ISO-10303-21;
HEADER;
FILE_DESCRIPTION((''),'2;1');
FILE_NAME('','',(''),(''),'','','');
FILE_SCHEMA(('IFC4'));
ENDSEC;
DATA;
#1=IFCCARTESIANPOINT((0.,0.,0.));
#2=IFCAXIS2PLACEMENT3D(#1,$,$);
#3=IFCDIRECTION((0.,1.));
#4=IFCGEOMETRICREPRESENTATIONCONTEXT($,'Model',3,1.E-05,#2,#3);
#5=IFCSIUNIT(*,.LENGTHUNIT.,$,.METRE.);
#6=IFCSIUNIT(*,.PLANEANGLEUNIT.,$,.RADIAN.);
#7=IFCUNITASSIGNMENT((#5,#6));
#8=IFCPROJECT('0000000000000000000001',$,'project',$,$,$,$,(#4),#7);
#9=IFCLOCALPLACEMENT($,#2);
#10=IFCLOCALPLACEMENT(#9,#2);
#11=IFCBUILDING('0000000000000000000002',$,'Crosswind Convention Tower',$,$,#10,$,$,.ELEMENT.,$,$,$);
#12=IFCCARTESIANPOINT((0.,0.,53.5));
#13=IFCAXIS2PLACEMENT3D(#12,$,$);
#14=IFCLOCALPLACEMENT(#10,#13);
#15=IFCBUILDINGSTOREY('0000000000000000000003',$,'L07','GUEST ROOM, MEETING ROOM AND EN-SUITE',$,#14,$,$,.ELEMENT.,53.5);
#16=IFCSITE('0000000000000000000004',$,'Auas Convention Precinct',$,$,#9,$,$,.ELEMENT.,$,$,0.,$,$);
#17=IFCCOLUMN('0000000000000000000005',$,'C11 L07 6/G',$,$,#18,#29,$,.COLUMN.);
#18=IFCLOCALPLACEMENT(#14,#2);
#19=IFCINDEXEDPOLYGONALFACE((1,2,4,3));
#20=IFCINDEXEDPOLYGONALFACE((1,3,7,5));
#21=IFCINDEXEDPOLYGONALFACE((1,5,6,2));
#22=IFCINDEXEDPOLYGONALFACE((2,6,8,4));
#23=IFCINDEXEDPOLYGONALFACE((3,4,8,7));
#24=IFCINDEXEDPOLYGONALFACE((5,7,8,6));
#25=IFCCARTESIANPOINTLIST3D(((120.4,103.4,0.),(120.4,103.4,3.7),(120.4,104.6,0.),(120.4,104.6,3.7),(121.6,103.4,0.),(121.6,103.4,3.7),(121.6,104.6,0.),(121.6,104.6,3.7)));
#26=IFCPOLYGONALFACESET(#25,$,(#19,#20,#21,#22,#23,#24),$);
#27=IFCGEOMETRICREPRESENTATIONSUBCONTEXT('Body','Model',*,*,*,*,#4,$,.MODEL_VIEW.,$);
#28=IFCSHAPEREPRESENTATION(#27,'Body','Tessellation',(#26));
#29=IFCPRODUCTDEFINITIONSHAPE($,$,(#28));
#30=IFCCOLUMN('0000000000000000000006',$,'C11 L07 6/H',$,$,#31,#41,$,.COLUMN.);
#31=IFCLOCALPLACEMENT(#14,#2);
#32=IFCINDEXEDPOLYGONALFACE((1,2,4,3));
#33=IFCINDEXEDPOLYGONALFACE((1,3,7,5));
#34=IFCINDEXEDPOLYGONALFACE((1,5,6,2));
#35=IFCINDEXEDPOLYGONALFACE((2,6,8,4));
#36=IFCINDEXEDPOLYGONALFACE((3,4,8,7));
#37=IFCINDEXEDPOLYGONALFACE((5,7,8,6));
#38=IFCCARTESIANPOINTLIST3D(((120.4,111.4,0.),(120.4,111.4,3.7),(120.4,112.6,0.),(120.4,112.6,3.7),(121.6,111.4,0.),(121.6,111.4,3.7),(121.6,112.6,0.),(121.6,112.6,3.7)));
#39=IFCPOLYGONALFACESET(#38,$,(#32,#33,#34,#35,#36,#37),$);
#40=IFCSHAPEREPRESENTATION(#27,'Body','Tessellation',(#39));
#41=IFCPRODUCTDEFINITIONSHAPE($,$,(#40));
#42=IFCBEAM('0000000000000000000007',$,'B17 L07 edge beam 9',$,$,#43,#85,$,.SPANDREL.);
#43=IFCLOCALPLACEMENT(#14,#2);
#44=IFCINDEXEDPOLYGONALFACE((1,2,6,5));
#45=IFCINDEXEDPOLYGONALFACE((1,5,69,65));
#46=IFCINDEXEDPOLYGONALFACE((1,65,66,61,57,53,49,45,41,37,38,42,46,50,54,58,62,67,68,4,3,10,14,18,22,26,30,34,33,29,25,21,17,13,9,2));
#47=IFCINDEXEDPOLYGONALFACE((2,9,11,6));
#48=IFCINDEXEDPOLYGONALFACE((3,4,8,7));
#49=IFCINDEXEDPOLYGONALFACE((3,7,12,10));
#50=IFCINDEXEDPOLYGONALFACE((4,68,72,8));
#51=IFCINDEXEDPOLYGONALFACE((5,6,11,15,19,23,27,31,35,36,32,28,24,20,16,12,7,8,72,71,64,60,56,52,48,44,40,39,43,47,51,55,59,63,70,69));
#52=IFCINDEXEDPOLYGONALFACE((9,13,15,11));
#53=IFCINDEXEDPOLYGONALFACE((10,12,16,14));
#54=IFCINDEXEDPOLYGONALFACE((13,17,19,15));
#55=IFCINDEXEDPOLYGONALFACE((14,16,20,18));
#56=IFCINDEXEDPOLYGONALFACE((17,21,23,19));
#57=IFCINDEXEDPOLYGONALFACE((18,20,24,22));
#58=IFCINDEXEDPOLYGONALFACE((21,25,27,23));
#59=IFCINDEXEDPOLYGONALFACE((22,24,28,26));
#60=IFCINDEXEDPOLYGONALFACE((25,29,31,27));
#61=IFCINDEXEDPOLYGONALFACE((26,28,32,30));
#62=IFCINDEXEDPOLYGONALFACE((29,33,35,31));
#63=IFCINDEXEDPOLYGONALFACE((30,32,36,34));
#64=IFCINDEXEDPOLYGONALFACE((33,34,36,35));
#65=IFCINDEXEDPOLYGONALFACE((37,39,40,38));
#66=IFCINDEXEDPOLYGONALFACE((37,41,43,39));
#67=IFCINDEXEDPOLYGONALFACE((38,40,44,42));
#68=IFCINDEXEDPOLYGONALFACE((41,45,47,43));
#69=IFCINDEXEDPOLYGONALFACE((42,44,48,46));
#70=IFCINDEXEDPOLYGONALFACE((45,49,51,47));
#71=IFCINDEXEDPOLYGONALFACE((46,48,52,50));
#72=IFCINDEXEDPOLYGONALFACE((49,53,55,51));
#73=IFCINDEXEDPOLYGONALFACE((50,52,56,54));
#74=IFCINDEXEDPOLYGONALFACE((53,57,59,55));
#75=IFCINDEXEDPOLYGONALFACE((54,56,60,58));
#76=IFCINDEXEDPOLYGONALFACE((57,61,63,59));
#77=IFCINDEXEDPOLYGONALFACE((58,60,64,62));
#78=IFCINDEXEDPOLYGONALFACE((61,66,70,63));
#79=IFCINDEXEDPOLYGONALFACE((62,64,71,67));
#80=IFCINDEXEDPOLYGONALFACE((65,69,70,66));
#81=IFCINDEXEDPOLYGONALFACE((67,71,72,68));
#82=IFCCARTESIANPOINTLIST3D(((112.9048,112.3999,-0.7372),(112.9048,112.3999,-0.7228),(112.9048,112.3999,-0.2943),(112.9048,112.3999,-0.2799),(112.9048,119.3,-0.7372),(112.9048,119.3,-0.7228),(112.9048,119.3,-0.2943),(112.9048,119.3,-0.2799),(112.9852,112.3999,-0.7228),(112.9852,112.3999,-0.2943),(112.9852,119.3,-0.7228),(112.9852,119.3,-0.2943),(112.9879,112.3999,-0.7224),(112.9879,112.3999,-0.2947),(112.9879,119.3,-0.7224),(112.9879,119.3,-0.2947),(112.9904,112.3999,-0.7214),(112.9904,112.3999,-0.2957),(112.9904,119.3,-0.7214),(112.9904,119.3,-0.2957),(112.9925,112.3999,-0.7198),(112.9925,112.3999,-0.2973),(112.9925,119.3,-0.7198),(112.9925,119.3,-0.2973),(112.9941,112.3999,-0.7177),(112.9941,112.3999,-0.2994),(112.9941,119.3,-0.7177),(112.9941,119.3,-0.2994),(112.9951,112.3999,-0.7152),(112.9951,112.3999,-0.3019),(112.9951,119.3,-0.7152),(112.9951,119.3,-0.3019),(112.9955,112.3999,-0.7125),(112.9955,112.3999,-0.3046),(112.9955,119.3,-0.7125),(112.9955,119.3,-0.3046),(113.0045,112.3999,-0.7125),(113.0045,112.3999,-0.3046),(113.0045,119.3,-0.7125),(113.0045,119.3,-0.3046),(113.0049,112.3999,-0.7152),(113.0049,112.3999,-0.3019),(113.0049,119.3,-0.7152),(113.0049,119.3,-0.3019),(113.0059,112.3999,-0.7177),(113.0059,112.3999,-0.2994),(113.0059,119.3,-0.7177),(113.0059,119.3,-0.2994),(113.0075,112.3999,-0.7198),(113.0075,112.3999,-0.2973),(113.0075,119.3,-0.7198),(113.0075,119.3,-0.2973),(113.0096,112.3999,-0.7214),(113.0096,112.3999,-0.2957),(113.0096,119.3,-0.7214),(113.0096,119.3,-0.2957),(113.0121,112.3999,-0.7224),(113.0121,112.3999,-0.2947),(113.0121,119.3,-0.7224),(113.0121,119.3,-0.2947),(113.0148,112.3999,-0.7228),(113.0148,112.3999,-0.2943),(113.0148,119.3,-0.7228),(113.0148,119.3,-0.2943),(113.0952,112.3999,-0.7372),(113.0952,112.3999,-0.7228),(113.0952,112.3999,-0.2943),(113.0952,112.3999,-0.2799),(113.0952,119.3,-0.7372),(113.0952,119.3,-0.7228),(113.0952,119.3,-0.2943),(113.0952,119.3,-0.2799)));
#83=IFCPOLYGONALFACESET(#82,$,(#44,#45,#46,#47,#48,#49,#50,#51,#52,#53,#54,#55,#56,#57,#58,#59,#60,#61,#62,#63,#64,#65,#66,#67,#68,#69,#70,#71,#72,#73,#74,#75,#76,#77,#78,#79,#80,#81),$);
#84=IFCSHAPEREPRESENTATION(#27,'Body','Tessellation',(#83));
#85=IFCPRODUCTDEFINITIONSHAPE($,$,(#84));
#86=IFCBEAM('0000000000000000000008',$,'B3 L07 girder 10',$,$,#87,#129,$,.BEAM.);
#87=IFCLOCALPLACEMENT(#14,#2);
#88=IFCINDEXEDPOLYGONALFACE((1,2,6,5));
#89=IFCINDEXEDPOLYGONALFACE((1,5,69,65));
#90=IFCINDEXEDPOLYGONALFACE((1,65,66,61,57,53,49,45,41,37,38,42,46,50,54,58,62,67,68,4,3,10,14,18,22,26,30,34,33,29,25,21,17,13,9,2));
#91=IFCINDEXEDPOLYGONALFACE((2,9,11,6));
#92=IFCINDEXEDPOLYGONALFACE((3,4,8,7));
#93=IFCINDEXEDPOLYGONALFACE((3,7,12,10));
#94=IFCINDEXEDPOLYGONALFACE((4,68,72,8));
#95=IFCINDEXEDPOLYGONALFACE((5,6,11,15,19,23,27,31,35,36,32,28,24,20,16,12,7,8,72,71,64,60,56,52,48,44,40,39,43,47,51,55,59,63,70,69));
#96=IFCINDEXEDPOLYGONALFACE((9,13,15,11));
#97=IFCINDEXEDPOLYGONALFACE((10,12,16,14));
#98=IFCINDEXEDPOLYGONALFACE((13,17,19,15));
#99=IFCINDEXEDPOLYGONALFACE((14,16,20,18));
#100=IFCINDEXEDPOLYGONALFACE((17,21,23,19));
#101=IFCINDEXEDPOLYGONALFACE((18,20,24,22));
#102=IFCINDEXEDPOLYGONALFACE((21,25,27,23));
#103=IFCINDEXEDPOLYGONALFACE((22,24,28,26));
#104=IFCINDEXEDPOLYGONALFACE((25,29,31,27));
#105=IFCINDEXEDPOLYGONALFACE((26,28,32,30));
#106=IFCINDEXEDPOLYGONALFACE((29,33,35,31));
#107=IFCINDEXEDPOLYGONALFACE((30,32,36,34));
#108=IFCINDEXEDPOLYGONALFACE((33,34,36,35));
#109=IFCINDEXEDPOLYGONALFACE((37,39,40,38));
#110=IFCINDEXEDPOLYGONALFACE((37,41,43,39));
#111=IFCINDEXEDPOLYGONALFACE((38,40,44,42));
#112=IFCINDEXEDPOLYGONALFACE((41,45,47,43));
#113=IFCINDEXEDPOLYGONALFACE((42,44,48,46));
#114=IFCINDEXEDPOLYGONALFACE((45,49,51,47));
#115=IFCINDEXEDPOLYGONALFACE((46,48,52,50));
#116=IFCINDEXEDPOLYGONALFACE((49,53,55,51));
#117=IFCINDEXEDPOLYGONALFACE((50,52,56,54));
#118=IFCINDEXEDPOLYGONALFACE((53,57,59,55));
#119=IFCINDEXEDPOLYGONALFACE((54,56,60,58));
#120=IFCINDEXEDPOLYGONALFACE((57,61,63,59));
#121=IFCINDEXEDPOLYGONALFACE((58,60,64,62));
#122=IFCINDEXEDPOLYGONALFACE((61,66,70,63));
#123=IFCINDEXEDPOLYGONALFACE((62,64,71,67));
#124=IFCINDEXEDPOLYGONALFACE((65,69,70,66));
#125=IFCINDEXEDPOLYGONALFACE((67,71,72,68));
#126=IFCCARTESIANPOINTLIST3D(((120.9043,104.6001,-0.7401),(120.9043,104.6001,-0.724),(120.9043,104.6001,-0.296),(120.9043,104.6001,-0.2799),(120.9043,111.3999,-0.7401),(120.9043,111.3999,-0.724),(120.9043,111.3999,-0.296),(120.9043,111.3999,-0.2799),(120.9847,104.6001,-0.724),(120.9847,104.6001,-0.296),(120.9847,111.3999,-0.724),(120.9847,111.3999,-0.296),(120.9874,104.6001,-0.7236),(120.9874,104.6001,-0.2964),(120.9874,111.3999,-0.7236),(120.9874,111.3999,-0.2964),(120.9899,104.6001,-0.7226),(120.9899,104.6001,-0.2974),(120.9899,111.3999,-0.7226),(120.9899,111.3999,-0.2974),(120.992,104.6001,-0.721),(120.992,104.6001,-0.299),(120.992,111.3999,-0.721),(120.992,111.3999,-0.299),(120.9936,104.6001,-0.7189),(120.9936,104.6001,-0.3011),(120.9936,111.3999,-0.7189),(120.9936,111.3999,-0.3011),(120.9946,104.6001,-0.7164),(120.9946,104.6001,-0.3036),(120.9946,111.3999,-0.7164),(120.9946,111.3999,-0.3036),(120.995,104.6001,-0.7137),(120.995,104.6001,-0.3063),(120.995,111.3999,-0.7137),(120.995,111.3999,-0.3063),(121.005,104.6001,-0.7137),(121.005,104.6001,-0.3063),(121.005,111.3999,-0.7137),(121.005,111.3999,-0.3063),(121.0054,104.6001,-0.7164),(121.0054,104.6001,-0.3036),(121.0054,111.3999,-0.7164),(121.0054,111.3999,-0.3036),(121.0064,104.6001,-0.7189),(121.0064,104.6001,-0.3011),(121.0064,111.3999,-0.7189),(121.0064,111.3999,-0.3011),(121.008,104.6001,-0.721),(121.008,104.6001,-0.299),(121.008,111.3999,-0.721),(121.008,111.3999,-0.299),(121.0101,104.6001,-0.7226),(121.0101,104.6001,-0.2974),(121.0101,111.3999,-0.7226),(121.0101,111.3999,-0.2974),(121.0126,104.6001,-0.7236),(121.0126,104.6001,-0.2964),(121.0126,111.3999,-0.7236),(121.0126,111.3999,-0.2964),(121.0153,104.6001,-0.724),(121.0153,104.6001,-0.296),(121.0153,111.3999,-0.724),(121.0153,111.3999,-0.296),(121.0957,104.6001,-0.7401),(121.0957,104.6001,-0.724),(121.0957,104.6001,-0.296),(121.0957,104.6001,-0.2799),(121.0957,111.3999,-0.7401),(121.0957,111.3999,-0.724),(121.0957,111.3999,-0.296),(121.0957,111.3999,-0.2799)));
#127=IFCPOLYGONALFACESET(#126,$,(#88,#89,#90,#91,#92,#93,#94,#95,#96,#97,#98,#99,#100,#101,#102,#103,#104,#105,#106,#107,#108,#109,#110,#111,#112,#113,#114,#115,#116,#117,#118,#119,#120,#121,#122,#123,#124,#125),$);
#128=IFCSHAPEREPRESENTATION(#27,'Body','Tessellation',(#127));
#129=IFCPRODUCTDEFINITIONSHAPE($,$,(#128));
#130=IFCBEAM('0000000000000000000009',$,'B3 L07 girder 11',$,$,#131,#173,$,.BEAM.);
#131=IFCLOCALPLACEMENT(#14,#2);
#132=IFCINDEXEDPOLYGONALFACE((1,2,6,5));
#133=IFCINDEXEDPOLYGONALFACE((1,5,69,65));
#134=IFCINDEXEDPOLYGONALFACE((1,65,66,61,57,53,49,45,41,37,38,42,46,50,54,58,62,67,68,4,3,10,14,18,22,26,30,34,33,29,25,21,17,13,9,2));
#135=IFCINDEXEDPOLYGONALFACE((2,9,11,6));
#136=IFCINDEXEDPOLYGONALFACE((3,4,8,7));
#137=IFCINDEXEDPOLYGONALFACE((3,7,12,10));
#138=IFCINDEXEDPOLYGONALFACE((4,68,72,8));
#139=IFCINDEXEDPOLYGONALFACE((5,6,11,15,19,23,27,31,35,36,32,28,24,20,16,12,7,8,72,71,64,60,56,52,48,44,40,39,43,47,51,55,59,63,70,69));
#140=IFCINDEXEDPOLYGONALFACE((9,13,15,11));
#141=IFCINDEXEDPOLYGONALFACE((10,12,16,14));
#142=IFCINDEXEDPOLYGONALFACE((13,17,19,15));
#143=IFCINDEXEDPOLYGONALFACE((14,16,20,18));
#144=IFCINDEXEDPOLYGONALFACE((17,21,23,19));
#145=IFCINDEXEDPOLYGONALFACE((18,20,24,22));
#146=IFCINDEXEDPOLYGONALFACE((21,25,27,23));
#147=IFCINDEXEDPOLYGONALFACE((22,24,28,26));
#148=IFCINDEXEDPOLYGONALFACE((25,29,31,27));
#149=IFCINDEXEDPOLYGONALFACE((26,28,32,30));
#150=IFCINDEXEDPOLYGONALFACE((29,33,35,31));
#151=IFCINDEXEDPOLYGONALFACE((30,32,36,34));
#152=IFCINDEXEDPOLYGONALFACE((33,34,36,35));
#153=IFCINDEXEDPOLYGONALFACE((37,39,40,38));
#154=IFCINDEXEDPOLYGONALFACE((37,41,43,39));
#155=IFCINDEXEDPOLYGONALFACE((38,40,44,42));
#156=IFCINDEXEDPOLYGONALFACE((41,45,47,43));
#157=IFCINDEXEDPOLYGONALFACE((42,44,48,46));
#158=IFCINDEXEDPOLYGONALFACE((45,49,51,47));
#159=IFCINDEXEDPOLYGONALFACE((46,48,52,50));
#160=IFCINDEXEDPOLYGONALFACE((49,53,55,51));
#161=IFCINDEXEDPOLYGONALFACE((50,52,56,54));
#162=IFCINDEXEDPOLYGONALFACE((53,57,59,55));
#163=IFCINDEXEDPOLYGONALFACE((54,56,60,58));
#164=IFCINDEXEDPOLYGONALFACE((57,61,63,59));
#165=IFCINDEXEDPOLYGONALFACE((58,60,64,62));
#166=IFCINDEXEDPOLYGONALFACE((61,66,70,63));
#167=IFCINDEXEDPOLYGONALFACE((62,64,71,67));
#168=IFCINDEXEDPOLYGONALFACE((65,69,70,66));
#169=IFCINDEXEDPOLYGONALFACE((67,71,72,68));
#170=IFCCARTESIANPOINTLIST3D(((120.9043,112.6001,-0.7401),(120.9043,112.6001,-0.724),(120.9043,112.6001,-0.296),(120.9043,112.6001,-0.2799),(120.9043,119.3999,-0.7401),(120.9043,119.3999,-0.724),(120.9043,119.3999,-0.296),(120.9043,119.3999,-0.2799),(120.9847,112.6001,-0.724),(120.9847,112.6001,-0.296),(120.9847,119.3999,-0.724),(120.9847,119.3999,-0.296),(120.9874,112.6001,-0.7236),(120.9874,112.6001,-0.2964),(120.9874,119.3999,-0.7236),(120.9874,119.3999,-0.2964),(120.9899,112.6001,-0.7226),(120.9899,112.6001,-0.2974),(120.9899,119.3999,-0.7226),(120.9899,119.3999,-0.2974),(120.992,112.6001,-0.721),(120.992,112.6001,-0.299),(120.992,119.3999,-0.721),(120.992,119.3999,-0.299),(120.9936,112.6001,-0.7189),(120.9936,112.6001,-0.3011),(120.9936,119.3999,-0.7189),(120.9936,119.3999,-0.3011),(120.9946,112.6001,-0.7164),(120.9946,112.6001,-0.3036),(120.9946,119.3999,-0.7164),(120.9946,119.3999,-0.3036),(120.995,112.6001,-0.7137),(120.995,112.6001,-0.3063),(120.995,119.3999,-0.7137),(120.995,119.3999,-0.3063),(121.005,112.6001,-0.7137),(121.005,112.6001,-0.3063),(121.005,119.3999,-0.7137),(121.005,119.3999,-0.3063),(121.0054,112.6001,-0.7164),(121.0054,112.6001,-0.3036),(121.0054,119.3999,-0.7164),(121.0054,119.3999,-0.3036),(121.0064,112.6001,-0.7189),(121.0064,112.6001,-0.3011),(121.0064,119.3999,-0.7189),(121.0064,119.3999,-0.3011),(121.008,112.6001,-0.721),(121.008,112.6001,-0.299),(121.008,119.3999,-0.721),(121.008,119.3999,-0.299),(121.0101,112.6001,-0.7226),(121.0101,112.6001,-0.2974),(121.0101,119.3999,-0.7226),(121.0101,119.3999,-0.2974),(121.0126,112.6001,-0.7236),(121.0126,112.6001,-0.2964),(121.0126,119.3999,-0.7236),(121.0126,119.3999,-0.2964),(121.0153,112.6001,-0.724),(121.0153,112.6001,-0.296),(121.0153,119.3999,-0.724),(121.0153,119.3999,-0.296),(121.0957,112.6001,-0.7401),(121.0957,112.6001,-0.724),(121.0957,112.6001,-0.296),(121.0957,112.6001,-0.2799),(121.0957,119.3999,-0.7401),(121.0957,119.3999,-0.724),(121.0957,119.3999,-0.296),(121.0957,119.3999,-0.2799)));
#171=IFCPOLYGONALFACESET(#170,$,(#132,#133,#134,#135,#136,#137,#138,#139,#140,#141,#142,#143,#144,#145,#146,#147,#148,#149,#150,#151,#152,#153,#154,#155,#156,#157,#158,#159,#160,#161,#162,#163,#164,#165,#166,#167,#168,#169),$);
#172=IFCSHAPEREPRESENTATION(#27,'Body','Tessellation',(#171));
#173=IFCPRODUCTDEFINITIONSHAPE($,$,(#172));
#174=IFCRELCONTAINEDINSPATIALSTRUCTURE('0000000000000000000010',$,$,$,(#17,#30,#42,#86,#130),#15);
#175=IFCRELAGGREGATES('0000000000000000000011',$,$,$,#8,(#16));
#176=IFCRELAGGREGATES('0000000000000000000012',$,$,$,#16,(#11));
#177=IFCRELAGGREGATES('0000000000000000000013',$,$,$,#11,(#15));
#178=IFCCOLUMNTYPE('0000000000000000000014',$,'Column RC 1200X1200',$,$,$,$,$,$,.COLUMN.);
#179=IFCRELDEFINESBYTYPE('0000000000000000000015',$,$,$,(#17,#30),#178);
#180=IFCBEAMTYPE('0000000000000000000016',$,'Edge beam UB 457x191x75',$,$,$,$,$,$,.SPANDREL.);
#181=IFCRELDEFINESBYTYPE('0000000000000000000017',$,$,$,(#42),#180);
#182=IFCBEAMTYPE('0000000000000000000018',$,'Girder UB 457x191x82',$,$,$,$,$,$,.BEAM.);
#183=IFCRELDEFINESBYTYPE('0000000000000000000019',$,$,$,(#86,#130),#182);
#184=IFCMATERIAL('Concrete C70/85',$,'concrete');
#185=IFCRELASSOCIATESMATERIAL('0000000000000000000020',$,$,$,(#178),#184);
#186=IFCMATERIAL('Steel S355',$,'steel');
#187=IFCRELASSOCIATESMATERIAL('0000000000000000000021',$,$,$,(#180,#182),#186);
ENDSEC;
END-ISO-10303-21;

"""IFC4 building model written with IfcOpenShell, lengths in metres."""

from ifc_helpers import new_model, si_unit, direction, frame, origin, origin_2d, place, context, subcontext, project, spatial, rectangle, i_section, extrude, material, material_profile, profile_set, type_object, element, save


model = new_model("IFC4")

# Units and contexts
model_context = context("Model", 3, precision=1e-05, world=origin(), true_north=direction((0.0, 1.0)))
body_context = subcontext(model_context, "Body", "Model", "MODEL_VIEW")
ifc_project = project(units=[si_unit("LENGTHUNIT", "METRE"), si_unit("PLANEANGLEUNIT", "RADIAN")], contexts=[model_context])

# Site, building, storey
site_placement = place(None, origin())
site = spatial("IfcSite", under=ifc_project, at=site_placement, Name="Auas Convention Precinct", CompositionType="ELEMENT", RefElevation=0.0)
building_placement = place(site_placement, origin())
building = spatial("IfcBuilding", under=site, at=building_placement, Name="Crosswind Convention Tower", CompositionType="ELEMENT")
storey_placement = place(building_placement, frame((0.0, 0.0, 53.5)))
storey = spatial("IfcBuildingStorey", under=building, at=storey_placement, Name="L07", Description="GUEST ROOM, MEETING ROOM AND EN-SUITE", CompositionType="ELEMENT", Elevation=53.5)

# Columns
ifc_material_1 = material(Name="Concrete C70/85", Category="concrete")
ifc_material_profile_1 = material_profile(ifc_material_1, rectangle(XDim=1.2, YDim=1.2, at=origin_2d()), Name="RC 1200X1200")
ifc_profile_set_1 = profile_set([ifc_material_profile_1], Name="Concrete C70/85")
column_type = type_object("IfcColumnType", Name="Column RC 1200X1200", PredefinedType="COLUMN", material=ifc_profile_set_1)
for number, where, z_axis, x_axis, name in (
    (1, (121.0, 104.0, 0.0), (0.0, 0.0, 1.0), (1.0, 0.0, 0.0), "C11 L07 6/G"),
    (2, (121.0, 112.0, 0.0), (0.0, 0.0, 1.0), (1.0, 0.0, 0.0), "C11 L07 6/H"),
):
    element("IfcColumn", number, at=place(storey_placement, frame(where, z_axis=z_axis, x_axis=x_axis)), inside=storey, type_object=column_type, Name=name, PredefinedType="COLUMN", context=body_context, shape_type="SweptSolid", body=[
        extrude(rectangle(XDim=1.2, YDim=1.2, at=origin_2d()), origin(), (0.0, 0.0, 1.0), 3.7),
    ])

# Beams
ifc_material_2 = material(Name="Steel S355", Category="steel")
ifc_material_profile_2 = material_profile(ifc_material_2, i_section(OverallWidth=0.1904, OverallDepth=0.4573, WebThickness=0.009, FlangeThickness=0.0144, FilletRadius=0.0103, at=origin_2d()), Name="UB 457x191x75")
ifc_profile_set_2 = profile_set([ifc_material_profile_2], Name="Steel S355")
beam_type_1 = type_object("IfcBeamType", Name="Edge beam UB 457x191x75", PredefinedType="SPANDREL", material=ifc_profile_set_2)
beam_placement = place(storey_placement, frame((113.0, 112.3999, -0.5085), z_axis=(0.0, 1.0, 0.0), x_axis=(-1.0, 0.0, 0.0)))
element("IfcBeam", 3, at=beam_placement, inside=storey, type_object=beam_type_1, Name="B17 L07 edge beam 9", PredefinedType="SPANDREL", context=body_context, shape_type="SweptSolid", body=[
    extrude(i_section(OverallWidth=0.1904, OverallDepth=0.4573, WebThickness=0.009, FlangeThickness=0.0144, FilletRadius=0.0103, at=origin_2d()), origin(), (0.0, 0.0, 1.0), 6.9001),
])
ifc_material_profile_3 = material_profile(ifc_material_2, i_section(OverallWidth=0.1914, OverallDepth=0.4602, WebThickness=0.01, FlangeThickness=0.0161, FilletRadius=0.0103, at=origin_2d()), Name="UB 457x191x82")
ifc_profile_set_3 = profile_set([ifc_material_profile_3], Name="Steel S355")
beam_type_2 = type_object("IfcBeamType", Name="Girder UB 457x191x82", PredefinedType="BEAM", material=ifc_profile_set_3)
for number, where, z_axis, x_axis, name in (
    (4, (121.0, 104.6001, -0.51), (0.0, 1.0, 0.0), (-1.0, 0.0, 0.0), "B3 L07 girder 10"),
    (5, (121.0, 112.6001, -0.51), (0.0, 1.0, 0.0), (-1.0, 0.0, 0.0), "B3 L07 girder 11"),
):
    element("IfcBeam", number, at=place(storey_placement, frame(where, z_axis=z_axis, x_axis=x_axis)), inside=storey, type_object=beam_type_2, Name=name, PredefinedType="BEAM", context=body_context, shape_type="SweptSolid", body=[
        extrude(i_section(OverallWidth=0.1914, OverallDepth=0.4602, WebThickness=0.01, FlangeThickness=0.0161, FilletRadius=0.0103, at=origin_2d()), origin(), (0.0, 0.0, 1.0), 6.7998),
    ])

save(model, "model.ifc")
